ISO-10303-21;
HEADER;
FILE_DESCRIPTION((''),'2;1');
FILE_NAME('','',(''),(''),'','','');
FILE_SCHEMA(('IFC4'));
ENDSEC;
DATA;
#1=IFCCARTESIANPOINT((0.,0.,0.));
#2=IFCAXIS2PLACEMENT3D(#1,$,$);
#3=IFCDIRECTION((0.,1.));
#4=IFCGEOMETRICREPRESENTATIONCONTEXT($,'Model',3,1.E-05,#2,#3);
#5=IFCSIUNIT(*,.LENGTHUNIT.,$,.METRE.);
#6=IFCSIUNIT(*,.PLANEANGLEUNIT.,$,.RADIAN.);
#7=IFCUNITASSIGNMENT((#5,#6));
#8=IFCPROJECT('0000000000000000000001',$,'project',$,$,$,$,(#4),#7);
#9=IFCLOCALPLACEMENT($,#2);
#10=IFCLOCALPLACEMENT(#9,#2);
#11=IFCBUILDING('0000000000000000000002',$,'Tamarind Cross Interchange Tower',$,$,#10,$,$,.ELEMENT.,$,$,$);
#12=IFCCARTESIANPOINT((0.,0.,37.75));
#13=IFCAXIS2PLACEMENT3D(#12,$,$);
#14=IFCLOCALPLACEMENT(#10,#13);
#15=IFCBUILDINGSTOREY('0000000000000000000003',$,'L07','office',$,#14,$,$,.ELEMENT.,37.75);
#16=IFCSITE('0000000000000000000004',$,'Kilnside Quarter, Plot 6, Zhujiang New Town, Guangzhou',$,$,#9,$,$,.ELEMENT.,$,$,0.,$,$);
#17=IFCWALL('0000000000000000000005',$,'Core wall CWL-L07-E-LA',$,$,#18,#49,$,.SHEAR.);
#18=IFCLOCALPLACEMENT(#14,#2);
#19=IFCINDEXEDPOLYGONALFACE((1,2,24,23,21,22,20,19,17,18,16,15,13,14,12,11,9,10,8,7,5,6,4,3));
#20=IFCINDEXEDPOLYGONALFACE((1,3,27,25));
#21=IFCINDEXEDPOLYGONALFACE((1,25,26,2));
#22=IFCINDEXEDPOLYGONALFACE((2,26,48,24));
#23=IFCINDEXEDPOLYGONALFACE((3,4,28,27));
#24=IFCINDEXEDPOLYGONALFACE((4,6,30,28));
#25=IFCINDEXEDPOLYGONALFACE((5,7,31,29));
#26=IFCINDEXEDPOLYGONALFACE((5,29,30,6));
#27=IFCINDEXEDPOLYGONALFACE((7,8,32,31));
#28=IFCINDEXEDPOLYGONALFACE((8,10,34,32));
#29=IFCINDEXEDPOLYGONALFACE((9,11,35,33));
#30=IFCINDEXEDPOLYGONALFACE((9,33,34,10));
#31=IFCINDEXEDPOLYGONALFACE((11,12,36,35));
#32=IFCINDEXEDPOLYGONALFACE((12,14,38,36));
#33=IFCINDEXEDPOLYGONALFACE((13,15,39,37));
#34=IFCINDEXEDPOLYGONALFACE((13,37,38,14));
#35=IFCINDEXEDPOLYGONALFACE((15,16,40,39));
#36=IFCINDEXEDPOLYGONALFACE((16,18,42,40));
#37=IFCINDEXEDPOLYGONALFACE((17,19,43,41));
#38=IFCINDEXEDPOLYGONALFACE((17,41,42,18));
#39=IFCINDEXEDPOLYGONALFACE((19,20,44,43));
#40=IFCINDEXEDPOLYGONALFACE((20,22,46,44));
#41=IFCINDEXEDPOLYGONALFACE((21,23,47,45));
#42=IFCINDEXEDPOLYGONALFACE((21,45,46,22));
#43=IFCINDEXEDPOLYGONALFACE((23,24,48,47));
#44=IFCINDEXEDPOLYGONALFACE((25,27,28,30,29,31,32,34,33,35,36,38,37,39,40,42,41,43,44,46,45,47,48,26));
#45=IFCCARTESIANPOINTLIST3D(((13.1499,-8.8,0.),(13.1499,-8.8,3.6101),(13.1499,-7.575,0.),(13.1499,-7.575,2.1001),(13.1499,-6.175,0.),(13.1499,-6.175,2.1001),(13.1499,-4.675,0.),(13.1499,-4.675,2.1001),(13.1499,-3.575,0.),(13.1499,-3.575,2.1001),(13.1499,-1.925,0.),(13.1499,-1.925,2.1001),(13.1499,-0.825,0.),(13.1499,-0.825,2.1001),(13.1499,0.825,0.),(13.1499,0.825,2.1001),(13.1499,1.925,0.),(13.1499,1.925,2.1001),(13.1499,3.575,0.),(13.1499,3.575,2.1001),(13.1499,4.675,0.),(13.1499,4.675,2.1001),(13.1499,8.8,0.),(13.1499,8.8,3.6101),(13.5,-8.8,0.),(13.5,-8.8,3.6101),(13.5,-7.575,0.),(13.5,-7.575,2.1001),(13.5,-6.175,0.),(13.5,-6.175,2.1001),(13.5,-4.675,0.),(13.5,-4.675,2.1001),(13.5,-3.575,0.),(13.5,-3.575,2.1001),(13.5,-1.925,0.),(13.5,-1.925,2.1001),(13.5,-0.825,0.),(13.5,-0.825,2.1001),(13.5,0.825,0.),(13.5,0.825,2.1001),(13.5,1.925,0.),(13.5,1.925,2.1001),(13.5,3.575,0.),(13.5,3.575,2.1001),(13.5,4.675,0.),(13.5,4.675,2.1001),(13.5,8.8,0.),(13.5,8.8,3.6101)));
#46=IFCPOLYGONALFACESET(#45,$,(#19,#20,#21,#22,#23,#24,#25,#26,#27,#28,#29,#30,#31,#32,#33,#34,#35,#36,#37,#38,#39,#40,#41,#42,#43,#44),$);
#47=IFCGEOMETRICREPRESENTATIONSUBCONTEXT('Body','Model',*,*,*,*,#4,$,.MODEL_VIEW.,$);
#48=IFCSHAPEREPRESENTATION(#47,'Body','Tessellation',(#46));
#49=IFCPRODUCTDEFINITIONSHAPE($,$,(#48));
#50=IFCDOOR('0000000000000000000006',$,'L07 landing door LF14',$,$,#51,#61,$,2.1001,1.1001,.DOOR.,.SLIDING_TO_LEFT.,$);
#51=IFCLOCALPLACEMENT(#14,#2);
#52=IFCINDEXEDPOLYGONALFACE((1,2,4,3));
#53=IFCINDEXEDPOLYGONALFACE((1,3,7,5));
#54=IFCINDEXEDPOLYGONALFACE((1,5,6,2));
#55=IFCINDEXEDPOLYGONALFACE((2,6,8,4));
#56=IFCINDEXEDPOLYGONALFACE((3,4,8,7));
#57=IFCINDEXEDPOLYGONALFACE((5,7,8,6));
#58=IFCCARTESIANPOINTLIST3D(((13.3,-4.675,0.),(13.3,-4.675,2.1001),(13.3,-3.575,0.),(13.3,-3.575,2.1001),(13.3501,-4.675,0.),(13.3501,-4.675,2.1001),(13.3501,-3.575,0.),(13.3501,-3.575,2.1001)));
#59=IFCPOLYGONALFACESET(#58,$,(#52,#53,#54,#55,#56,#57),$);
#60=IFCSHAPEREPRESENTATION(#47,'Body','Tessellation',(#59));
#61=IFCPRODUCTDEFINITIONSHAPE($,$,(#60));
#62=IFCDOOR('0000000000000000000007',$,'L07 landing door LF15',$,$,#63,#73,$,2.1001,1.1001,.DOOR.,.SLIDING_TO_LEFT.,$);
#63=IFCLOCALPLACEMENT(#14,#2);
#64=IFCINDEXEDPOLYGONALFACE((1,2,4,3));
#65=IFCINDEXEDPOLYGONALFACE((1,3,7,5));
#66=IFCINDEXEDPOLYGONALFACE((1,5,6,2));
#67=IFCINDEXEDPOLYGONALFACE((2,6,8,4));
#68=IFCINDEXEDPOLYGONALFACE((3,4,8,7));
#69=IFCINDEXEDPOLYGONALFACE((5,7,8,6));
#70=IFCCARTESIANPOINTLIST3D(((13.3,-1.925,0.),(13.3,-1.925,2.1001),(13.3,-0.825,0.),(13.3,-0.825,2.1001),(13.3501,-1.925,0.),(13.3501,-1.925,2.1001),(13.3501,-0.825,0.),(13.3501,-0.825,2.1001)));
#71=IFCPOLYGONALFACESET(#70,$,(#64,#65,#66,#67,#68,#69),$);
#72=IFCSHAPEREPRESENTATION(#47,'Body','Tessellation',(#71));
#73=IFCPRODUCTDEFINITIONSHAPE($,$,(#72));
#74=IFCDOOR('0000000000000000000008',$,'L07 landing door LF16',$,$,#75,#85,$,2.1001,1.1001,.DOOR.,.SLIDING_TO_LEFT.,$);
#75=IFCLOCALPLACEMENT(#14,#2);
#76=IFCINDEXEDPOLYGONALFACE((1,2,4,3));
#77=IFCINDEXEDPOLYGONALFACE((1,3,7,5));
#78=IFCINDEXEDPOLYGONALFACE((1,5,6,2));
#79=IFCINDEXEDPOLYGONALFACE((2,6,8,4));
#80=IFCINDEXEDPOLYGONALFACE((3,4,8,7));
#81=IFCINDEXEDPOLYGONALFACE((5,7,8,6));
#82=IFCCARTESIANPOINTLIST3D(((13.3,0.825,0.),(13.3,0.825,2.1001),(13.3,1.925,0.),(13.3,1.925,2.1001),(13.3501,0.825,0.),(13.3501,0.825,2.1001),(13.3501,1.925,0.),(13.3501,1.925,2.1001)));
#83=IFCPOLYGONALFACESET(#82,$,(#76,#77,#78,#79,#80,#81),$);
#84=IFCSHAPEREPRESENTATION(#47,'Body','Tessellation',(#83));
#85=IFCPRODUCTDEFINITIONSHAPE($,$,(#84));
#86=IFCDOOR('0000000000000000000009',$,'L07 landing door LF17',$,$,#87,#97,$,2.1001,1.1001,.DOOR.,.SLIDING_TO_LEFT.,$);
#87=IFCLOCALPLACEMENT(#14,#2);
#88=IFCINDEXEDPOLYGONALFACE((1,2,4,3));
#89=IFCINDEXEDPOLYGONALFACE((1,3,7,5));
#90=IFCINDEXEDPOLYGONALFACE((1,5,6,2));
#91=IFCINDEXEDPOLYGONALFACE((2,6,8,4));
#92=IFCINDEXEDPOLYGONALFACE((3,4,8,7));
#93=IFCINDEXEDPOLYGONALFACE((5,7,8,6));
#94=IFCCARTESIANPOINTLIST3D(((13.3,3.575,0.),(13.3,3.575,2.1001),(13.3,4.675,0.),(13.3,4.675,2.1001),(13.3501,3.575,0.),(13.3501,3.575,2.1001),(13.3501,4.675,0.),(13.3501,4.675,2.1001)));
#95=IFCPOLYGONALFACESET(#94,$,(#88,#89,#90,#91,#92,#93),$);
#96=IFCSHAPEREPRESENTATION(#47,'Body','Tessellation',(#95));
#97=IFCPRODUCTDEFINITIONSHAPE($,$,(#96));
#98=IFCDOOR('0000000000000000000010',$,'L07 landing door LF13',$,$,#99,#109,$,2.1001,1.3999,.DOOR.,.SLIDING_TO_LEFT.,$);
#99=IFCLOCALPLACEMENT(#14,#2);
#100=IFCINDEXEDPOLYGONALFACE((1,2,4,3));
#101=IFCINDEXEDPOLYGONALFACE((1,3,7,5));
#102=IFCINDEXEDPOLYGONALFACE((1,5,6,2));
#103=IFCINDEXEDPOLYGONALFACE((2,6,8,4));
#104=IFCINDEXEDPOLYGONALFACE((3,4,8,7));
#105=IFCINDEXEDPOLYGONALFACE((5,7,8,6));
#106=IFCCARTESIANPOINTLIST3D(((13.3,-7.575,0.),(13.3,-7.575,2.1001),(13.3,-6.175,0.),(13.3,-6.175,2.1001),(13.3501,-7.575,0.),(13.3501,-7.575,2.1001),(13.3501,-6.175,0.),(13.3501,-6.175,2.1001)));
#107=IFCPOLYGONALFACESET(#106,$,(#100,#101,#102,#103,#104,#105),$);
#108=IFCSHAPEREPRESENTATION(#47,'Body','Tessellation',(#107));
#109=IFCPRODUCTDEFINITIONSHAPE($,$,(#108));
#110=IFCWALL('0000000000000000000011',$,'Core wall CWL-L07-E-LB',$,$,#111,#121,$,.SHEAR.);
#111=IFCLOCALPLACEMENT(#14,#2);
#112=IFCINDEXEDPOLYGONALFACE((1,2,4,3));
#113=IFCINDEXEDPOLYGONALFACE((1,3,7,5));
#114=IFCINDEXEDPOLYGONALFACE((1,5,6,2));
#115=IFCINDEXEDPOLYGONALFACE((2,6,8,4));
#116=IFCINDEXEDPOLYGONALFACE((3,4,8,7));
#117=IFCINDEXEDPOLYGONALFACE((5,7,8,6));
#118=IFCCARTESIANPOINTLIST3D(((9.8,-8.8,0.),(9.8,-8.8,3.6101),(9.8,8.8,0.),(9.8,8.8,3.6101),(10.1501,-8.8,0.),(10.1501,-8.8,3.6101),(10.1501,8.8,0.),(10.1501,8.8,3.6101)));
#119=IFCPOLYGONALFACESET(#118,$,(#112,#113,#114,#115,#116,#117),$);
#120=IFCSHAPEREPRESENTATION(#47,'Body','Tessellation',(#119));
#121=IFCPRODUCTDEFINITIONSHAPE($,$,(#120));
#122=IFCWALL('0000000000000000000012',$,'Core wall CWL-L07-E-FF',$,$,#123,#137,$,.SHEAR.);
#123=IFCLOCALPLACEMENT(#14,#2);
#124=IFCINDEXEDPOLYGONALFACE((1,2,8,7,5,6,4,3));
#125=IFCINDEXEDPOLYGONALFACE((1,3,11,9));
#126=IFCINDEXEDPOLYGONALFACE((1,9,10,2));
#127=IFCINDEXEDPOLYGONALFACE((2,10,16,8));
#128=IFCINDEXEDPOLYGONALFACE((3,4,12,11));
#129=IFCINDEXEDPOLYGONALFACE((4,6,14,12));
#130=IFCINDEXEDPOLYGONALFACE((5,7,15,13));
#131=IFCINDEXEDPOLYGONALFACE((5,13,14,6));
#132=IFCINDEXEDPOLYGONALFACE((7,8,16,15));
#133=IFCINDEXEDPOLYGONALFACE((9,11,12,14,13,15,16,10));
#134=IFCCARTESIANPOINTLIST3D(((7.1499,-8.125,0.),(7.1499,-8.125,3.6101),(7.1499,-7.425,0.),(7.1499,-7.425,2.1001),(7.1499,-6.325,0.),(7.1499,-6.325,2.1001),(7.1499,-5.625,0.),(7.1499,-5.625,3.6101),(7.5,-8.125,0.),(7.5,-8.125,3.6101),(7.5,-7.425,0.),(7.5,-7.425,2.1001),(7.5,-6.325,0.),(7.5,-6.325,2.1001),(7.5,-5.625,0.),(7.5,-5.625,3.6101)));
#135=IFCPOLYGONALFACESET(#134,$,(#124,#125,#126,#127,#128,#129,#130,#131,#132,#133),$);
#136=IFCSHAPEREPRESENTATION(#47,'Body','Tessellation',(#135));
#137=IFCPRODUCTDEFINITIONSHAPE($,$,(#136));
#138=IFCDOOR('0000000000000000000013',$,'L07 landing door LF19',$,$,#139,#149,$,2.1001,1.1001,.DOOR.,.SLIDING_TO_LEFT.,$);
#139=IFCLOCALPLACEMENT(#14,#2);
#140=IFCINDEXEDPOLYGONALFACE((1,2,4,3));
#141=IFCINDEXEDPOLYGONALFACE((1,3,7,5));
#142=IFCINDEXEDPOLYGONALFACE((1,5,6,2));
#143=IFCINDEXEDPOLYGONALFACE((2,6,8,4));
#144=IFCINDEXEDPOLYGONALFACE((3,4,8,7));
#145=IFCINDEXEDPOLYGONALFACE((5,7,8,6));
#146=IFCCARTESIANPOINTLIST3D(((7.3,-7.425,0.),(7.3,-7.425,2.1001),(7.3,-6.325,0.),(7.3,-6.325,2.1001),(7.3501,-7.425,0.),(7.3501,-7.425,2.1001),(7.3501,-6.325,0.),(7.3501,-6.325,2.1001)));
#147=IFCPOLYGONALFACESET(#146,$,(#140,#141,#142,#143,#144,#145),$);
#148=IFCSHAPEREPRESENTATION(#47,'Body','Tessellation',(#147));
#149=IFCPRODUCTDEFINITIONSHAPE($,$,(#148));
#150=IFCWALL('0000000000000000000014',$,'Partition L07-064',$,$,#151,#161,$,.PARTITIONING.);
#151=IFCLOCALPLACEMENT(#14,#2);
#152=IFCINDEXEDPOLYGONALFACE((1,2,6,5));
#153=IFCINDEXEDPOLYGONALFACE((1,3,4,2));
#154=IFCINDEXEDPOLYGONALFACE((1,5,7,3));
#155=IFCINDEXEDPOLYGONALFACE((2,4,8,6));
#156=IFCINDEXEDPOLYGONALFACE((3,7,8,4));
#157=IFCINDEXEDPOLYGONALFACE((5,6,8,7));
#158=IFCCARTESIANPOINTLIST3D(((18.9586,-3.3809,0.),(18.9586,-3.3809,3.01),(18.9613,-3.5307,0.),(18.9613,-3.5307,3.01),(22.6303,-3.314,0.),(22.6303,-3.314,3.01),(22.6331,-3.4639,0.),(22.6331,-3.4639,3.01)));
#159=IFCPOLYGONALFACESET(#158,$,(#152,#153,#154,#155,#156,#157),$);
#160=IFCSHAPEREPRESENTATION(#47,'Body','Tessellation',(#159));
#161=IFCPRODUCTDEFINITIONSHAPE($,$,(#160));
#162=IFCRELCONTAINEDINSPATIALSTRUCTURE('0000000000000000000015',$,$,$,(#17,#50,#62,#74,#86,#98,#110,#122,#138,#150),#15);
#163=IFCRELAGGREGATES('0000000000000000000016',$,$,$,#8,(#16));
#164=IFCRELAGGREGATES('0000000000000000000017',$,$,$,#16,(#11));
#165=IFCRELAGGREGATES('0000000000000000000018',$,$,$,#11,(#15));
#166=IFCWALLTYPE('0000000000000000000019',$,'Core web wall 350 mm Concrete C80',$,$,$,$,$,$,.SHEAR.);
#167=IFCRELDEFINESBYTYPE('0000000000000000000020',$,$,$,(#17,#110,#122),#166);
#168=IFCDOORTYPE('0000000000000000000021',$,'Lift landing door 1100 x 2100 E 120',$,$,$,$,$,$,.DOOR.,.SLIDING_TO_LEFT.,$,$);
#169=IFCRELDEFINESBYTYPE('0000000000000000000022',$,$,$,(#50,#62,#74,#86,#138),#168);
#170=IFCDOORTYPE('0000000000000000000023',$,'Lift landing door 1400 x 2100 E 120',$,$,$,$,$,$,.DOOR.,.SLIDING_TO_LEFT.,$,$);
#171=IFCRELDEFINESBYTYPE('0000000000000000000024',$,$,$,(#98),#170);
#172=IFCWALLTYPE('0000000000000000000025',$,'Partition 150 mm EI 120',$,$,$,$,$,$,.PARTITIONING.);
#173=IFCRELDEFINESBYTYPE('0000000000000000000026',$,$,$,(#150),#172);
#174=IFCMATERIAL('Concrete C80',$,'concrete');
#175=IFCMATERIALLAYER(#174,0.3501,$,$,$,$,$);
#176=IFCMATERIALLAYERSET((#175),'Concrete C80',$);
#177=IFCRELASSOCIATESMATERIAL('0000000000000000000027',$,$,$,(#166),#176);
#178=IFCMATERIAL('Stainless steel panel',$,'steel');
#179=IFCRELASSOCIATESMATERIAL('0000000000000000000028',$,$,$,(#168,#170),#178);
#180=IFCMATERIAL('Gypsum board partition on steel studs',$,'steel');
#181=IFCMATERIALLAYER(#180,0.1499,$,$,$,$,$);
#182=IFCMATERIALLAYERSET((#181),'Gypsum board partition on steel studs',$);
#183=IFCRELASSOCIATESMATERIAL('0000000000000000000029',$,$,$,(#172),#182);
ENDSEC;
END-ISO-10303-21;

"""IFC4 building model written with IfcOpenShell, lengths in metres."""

from ifc_helpers import new_model, si_unit, direction, frame, frame_2d, origin, place, context, subcontext, project, spatial, rectangle, extrude, material, layer, layer_set, type_object, element, fill, save


model = new_model("IFC4")

# Units and contexts
model_context = context("Model", 3, precision=1e-05, world=origin(), true_north=direction((0.0, 1.0)))
body_context = subcontext(model_context, "Body", "Model", "MODEL_VIEW")
ifc_project = project(units=[si_unit("LENGTHUNIT", "METRE"), si_unit("PLANEANGLEUNIT", "RADIAN")], contexts=[model_context])

# Site, building, storey
site_placement = place(None, origin())
site = spatial("IfcSite", under=ifc_project, at=site_placement, Name="Kilnside Quarter, Plot 6, Zhujiang New Town, Guangzhou", CompositionType="ELEMENT", RefElevation=0.0)
building_placement = place(site_placement, origin())
building = spatial("IfcBuilding", under=site, at=building_placement, Name="Tamarind Cross Interchange Tower", CompositionType="ELEMENT")
storey_placement = place(building_placement, frame((0.0, 0.0, 37.75)))
storey = spatial("IfcBuildingStorey", under=building, at=storey_placement, Name="L07", Description="office", CompositionType="ELEMENT", Elevation=37.75)

# Wall, openings, doors
ifc_material_1 = material(Name="Concrete C80", Category="concrete")
ifc_layer_1 = layer(ifc_material_1, 0.3501)
ifc_layer_set_1 = layer_set([ifc_layer_1], Name="Concrete C80")
wall_type_1 = type_object("IfcWallType", Name="Core web wall 350 mm Concrete C80", PredefinedType="SHEAR", material=ifc_layer_set_1)
wall_1_placement = place(storey_placement, frame((13.325, -8.8, 0.0), z_axis=(0.0, 0.0, 1.0), x_axis=(0.0, 1.0, 0.0)))
wall_1 = element("IfcWall", 1, at=wall_1_placement, inside=storey, type_object=wall_type_1, Name="Core wall CWL-L07-E-LA", PredefinedType="SHEAR", context=body_context, shape_type="SweptSolid", body=[
    extrude(rectangle(XDim=17.6001, YDim=0.3501, at=frame_2d((8.8, 0.0))), origin(), (0.0, 0.0, 1.0), 3.6101),
])
opening_1_placement = place(wall_1_placement, frame((1.2251, 0.0, 0.0)))
opening_1 = element("IfcOpeningElement", 2, at=opening_1_placement, cuts=wall_1, PredefinedType="OPENING", context=body_context, shape_type="SweptSolid", body=[
    extrude(rectangle(XDim=1.3999, YDim=2.1001, at=frame_2d((0.7, 1.05))), frame((0.0, 0.1851, 0.0), z_axis=(0.0, -1.0, 0.0), x_axis=(1.0, 0.0, 0.0)), (0.0, 0.0, 1.0), 0.3701),
])
opening_2_placement = place(wall_1_placement, frame((4.125, 0.0, 0.0)))
opening_2 = element("IfcOpeningElement", 3, at=opening_2_placement, cuts=wall_1, PredefinedType="OPENING", context=body_context, shape_type="SweptSolid", body=[
    extrude(rectangle(XDim=1.1001, YDim=2.1001, at=frame_2d((0.55, 1.05))), frame((0.0, 0.1851, 0.0), z_axis=(0.0, -1.0, 0.0), x_axis=(1.0, 0.0, 0.0)), (0.0, 0.0, 1.0), 0.3701),
])
opening_3_placement = place(wall_1_placement, frame((6.875, 0.0, 0.0)))
opening_3 = element("IfcOpeningElement", 4, at=opening_3_placement, cuts=wall_1, PredefinedType="OPENING", context=body_context, shape_type="SweptSolid", body=[
    extrude(rectangle(XDim=1.1001, YDim=2.1001, at=frame_2d((0.55, 1.05))), frame((0.0, 0.1851, 0.0), z_axis=(0.0, -1.0, 0.0), x_axis=(1.0, 0.0, 0.0)), (0.0, 0.0, 1.0), 0.3701),
])
opening_4_placement = place(wall_1_placement, frame((9.625, 0.0, 0.0)))
opening_4 = element("IfcOpeningElement", 5, at=opening_4_placement, cuts=wall_1, PredefinedType="OPENING", context=body_context, shape_type="SweptSolid", body=[
    extrude(rectangle(XDim=1.1001, YDim=2.1001, at=frame_2d((0.55, 1.05))), frame((0.0, 0.1851, 0.0), z_axis=(0.0, -1.0, 0.0), x_axis=(1.0, 0.0, 0.0)), (0.0, 0.0, 1.0), 0.3701),
])
opening_5_placement = place(wall_1_placement, frame((12.375, 0.0, 0.0)))
opening_5 = element("IfcOpeningElement", 6, at=opening_5_placement, cuts=wall_1, PredefinedType="OPENING", context=body_context, shape_type="SweptSolid", body=[
    extrude(rectangle(XDim=1.1001, YDim=2.1001, at=frame_2d((0.55, 1.05))), frame((0.0, 0.1851, 0.0), z_axis=(0.0, -1.0, 0.0), x_axis=(1.0, 0.0, 0.0)), (0.0, 0.0, 1.0), 0.3701),
])
ifc_material_2 = material(Name="Stainless steel panel", Category="steel")
door_type_1 = type_object("IfcDoorType", Name="Lift landing door 1100 x 2100 E 120", OperationType="SLIDING_TO_LEFT", PredefinedType="DOOR", material=ifc_material_2)
door_1_placement = place(opening_2_placement, origin())
door_1 = element("IfcDoor", 7, at=door_1_placement, inside=storey, type_object=door_type_1, Name="L07 landing door LF14", OperationType="SLIDING_TO_LEFT", OverallHeight=2.1001, OverallWidth=1.1001, PredefinedType="DOOR", context=body_context, shape_type="SweptSolid", body=[
    extrude(rectangle(XDim=1.1001, YDim=2.1001, at=frame_2d((0.55, 1.05))), frame((0.0, 0.0249, 0.0), z_axis=(0.0, -1.0, 0.0), x_axis=(1.0, 0.0, 0.0)), (0.0, 0.0, 1.0), 0.05),
])
fill(opening_2, door_1)
door_2_placement = place(opening_3_placement, origin())
door_2 = element("IfcDoor", 8, at=door_2_placement, inside=storey, type_object=door_type_1, Name="L07 landing door LF15", OperationType="SLIDING_TO_LEFT", OverallHeight=2.1001, OverallWidth=1.1001, PredefinedType="DOOR", context=body_context, shape_type="SweptSolid", body=[
    extrude(rectangle(XDim=1.1001, YDim=2.1001, at=frame_2d((0.55, 1.05))), frame((0.0, 0.0249, 0.0), z_axis=(0.0, -1.0, 0.0), x_axis=(1.0, 0.0, 0.0)), (0.0, 0.0, 1.0), 0.05),
])
fill(opening_3, door_2)
door_3_placement = place(opening_4_placement, origin())
door_3 = element("IfcDoor", 9, at=door_3_placement, inside=storey, type_object=door_type_1, Name="L07 landing door LF16", OperationType="SLIDING_TO_LEFT", OverallHeight=2.1001, OverallWidth=1.1001, PredefinedType="DOOR", context=body_context, shape_type="SweptSolid", body=[
    extrude(rectangle(XDim=1.1001, YDim=2.1001, at=frame_2d((0.55, 1.05))), frame((0.0, 0.0249, 0.0), z_axis=(0.0, -1.0, 0.0), x_axis=(1.0, 0.0, 0.0)), (0.0, 0.0, 1.0), 0.05),
])
fill(opening_4, door_3)
door_4_placement = place(opening_5_placement, origin())
door_4 = element("IfcDoor", 10, at=door_4_placement, inside=storey, type_object=door_type_1, Name="L07 landing door LF17", OperationType="SLIDING_TO_LEFT", OverallHeight=2.1001, OverallWidth=1.1001, PredefinedType="DOOR", context=body_context, shape_type="SweptSolid", body=[
    extrude(rectangle(XDim=1.1001, YDim=2.1001, at=frame_2d((0.55, 1.05))), frame((0.0, 0.0249, 0.0), z_axis=(0.0, -1.0, 0.0), x_axis=(1.0, 0.0, 0.0)), (0.0, 0.0, 1.0), 0.05),
])
fill(opening_5, door_4)
door_type_2 = type_object("IfcDoorType", Name="Lift landing door 1400 x 2100 E 120", OperationType="SLIDING_TO_LEFT", PredefinedType="DOOR", material=ifc_material_2)
door_5_placement = place(opening_1_placement, origin())
door_5 = element("IfcDoor", 11, at=door_5_placement, inside=storey, type_object=door_type_2, Name="L07 landing door LF13", OperationType="SLIDING_TO_LEFT", OverallHeight=2.1001, OverallWidth=1.3999, PredefinedType="DOOR", context=body_context, shape_type="SweptSolid", body=[
    extrude(rectangle(XDim=1.3999, YDim=2.1001, at=frame_2d((0.7, 1.05))), frame((0.0, 0.0249, 0.0), z_axis=(0.0, -1.0, 0.0), x_axis=(1.0, 0.0, 0.0)), (0.0, 0.0, 1.0), 0.05),
])
fill(opening_1, door_5)

# Wall
wall_2_placement = place(storey_placement, frame((9.9751, -8.8, 0.0), z_axis=(0.0, 0.0, 1.0), x_axis=(0.0, 1.0, 0.0)))
element("IfcWall", 12, at=wall_2_placement, inside=storey, type_object=wall_type_1, Name="Core wall CWL-L07-E-LB", PredefinedType="SHEAR", context=body_context, shape_type="SweptSolid", body=[
    extrude(rectangle(XDim=17.6001, YDim=0.3501, at=frame_2d((8.8, 0.0))), origin(), (0.0, 0.0, 1.0), 3.6101),
])

# Wall, opening, door
wall_3_placement = place(storey_placement, frame((7.325, -8.125, 0.0), z_axis=(0.0, 0.0, 1.0), x_axis=(0.0, 1.0, 0.0)))
wall_3 = element("IfcWall", 13, at=wall_3_placement, inside=storey, type_object=wall_type_1, Name="Core wall CWL-L07-E-FF", PredefinedType="SHEAR", context=body_context, shape_type="SweptSolid", body=[
    extrude(rectangle(XDim=2.5, YDim=0.3501, at=frame_2d((1.25, 0.0))), origin(), (0.0, 0.0, 1.0), 3.6101),
])
opening_6_placement = place(wall_3_placement, frame((0.7, 0.0, 0.0)))
opening_6 = element("IfcOpeningElement", 14, at=opening_6_placement, cuts=wall_3, PredefinedType="OPENING", context=body_context, shape_type="SweptSolid", body=[
    extrude(rectangle(XDim=1.1001, YDim=2.1001, at=frame_2d((0.55, 1.05))), frame((0.0, 0.1851, 0.0), z_axis=(0.0, -1.0, 0.0), x_axis=(1.0, 0.0, 0.0)), (0.0, 0.0, 1.0), 0.3701),
])
door_6_placement = place(opening_6_placement, origin())
door_6 = element("IfcDoor", 15, at=door_6_placement, inside=storey, type_object=door_type_1, Name="L07 landing door LF19", OperationType="SLIDING_TO_LEFT", OverallHeight=2.1001, OverallWidth=1.1001, PredefinedType="DOOR", context=body_context, shape_type="SweptSolid", body=[
    extrude(rectangle(XDim=1.1001, YDim=2.1001, at=frame_2d((0.55, 1.05))), frame((0.0, 0.0249, 0.0), z_axis=(0.0, -1.0, 0.0), x_axis=(1.0, 0.0, 0.0)), (0.0, 0.0, 1.0), 0.05),
])
fill(opening_6, door_6)

# Wall
ifc_material_3 = material(Name="Gypsum board partition on steel studs", Category="steel")
ifc_layer_2 = layer(ifc_material_3, 0.1499)
ifc_layer_set_2 = layer_set([ifc_layer_2], Name="Gypsum board partition on steel studs")
wall_type_2 = type_object("IfcWallType", Name="Partition 150 mm EI 120", PredefinedType="PARTITIONING", material=ifc_layer_set_2)
wall_4_placement = place(storey_placement, frame((18.96, -3.4558, 0.0), z_axis=(0.0, 0.0, 1.0), x_axis=(0.999834, 0.018215, 0.0)))
element("IfcWall", 16, at=wall_4_placement, inside=storey, type_object=wall_type_2, Name="Partition L07-064", PredefinedType="PARTITIONING", context=body_context, shape_type="SweptSolid", body=[
    extrude(rectangle(XDim=3.6724, YDim=0.1499, at=frame_2d((1.8362, 0.0))), origin(), (0.0, 0.0, 1.0), 3.01),
])

save(model, "model.ifc")
